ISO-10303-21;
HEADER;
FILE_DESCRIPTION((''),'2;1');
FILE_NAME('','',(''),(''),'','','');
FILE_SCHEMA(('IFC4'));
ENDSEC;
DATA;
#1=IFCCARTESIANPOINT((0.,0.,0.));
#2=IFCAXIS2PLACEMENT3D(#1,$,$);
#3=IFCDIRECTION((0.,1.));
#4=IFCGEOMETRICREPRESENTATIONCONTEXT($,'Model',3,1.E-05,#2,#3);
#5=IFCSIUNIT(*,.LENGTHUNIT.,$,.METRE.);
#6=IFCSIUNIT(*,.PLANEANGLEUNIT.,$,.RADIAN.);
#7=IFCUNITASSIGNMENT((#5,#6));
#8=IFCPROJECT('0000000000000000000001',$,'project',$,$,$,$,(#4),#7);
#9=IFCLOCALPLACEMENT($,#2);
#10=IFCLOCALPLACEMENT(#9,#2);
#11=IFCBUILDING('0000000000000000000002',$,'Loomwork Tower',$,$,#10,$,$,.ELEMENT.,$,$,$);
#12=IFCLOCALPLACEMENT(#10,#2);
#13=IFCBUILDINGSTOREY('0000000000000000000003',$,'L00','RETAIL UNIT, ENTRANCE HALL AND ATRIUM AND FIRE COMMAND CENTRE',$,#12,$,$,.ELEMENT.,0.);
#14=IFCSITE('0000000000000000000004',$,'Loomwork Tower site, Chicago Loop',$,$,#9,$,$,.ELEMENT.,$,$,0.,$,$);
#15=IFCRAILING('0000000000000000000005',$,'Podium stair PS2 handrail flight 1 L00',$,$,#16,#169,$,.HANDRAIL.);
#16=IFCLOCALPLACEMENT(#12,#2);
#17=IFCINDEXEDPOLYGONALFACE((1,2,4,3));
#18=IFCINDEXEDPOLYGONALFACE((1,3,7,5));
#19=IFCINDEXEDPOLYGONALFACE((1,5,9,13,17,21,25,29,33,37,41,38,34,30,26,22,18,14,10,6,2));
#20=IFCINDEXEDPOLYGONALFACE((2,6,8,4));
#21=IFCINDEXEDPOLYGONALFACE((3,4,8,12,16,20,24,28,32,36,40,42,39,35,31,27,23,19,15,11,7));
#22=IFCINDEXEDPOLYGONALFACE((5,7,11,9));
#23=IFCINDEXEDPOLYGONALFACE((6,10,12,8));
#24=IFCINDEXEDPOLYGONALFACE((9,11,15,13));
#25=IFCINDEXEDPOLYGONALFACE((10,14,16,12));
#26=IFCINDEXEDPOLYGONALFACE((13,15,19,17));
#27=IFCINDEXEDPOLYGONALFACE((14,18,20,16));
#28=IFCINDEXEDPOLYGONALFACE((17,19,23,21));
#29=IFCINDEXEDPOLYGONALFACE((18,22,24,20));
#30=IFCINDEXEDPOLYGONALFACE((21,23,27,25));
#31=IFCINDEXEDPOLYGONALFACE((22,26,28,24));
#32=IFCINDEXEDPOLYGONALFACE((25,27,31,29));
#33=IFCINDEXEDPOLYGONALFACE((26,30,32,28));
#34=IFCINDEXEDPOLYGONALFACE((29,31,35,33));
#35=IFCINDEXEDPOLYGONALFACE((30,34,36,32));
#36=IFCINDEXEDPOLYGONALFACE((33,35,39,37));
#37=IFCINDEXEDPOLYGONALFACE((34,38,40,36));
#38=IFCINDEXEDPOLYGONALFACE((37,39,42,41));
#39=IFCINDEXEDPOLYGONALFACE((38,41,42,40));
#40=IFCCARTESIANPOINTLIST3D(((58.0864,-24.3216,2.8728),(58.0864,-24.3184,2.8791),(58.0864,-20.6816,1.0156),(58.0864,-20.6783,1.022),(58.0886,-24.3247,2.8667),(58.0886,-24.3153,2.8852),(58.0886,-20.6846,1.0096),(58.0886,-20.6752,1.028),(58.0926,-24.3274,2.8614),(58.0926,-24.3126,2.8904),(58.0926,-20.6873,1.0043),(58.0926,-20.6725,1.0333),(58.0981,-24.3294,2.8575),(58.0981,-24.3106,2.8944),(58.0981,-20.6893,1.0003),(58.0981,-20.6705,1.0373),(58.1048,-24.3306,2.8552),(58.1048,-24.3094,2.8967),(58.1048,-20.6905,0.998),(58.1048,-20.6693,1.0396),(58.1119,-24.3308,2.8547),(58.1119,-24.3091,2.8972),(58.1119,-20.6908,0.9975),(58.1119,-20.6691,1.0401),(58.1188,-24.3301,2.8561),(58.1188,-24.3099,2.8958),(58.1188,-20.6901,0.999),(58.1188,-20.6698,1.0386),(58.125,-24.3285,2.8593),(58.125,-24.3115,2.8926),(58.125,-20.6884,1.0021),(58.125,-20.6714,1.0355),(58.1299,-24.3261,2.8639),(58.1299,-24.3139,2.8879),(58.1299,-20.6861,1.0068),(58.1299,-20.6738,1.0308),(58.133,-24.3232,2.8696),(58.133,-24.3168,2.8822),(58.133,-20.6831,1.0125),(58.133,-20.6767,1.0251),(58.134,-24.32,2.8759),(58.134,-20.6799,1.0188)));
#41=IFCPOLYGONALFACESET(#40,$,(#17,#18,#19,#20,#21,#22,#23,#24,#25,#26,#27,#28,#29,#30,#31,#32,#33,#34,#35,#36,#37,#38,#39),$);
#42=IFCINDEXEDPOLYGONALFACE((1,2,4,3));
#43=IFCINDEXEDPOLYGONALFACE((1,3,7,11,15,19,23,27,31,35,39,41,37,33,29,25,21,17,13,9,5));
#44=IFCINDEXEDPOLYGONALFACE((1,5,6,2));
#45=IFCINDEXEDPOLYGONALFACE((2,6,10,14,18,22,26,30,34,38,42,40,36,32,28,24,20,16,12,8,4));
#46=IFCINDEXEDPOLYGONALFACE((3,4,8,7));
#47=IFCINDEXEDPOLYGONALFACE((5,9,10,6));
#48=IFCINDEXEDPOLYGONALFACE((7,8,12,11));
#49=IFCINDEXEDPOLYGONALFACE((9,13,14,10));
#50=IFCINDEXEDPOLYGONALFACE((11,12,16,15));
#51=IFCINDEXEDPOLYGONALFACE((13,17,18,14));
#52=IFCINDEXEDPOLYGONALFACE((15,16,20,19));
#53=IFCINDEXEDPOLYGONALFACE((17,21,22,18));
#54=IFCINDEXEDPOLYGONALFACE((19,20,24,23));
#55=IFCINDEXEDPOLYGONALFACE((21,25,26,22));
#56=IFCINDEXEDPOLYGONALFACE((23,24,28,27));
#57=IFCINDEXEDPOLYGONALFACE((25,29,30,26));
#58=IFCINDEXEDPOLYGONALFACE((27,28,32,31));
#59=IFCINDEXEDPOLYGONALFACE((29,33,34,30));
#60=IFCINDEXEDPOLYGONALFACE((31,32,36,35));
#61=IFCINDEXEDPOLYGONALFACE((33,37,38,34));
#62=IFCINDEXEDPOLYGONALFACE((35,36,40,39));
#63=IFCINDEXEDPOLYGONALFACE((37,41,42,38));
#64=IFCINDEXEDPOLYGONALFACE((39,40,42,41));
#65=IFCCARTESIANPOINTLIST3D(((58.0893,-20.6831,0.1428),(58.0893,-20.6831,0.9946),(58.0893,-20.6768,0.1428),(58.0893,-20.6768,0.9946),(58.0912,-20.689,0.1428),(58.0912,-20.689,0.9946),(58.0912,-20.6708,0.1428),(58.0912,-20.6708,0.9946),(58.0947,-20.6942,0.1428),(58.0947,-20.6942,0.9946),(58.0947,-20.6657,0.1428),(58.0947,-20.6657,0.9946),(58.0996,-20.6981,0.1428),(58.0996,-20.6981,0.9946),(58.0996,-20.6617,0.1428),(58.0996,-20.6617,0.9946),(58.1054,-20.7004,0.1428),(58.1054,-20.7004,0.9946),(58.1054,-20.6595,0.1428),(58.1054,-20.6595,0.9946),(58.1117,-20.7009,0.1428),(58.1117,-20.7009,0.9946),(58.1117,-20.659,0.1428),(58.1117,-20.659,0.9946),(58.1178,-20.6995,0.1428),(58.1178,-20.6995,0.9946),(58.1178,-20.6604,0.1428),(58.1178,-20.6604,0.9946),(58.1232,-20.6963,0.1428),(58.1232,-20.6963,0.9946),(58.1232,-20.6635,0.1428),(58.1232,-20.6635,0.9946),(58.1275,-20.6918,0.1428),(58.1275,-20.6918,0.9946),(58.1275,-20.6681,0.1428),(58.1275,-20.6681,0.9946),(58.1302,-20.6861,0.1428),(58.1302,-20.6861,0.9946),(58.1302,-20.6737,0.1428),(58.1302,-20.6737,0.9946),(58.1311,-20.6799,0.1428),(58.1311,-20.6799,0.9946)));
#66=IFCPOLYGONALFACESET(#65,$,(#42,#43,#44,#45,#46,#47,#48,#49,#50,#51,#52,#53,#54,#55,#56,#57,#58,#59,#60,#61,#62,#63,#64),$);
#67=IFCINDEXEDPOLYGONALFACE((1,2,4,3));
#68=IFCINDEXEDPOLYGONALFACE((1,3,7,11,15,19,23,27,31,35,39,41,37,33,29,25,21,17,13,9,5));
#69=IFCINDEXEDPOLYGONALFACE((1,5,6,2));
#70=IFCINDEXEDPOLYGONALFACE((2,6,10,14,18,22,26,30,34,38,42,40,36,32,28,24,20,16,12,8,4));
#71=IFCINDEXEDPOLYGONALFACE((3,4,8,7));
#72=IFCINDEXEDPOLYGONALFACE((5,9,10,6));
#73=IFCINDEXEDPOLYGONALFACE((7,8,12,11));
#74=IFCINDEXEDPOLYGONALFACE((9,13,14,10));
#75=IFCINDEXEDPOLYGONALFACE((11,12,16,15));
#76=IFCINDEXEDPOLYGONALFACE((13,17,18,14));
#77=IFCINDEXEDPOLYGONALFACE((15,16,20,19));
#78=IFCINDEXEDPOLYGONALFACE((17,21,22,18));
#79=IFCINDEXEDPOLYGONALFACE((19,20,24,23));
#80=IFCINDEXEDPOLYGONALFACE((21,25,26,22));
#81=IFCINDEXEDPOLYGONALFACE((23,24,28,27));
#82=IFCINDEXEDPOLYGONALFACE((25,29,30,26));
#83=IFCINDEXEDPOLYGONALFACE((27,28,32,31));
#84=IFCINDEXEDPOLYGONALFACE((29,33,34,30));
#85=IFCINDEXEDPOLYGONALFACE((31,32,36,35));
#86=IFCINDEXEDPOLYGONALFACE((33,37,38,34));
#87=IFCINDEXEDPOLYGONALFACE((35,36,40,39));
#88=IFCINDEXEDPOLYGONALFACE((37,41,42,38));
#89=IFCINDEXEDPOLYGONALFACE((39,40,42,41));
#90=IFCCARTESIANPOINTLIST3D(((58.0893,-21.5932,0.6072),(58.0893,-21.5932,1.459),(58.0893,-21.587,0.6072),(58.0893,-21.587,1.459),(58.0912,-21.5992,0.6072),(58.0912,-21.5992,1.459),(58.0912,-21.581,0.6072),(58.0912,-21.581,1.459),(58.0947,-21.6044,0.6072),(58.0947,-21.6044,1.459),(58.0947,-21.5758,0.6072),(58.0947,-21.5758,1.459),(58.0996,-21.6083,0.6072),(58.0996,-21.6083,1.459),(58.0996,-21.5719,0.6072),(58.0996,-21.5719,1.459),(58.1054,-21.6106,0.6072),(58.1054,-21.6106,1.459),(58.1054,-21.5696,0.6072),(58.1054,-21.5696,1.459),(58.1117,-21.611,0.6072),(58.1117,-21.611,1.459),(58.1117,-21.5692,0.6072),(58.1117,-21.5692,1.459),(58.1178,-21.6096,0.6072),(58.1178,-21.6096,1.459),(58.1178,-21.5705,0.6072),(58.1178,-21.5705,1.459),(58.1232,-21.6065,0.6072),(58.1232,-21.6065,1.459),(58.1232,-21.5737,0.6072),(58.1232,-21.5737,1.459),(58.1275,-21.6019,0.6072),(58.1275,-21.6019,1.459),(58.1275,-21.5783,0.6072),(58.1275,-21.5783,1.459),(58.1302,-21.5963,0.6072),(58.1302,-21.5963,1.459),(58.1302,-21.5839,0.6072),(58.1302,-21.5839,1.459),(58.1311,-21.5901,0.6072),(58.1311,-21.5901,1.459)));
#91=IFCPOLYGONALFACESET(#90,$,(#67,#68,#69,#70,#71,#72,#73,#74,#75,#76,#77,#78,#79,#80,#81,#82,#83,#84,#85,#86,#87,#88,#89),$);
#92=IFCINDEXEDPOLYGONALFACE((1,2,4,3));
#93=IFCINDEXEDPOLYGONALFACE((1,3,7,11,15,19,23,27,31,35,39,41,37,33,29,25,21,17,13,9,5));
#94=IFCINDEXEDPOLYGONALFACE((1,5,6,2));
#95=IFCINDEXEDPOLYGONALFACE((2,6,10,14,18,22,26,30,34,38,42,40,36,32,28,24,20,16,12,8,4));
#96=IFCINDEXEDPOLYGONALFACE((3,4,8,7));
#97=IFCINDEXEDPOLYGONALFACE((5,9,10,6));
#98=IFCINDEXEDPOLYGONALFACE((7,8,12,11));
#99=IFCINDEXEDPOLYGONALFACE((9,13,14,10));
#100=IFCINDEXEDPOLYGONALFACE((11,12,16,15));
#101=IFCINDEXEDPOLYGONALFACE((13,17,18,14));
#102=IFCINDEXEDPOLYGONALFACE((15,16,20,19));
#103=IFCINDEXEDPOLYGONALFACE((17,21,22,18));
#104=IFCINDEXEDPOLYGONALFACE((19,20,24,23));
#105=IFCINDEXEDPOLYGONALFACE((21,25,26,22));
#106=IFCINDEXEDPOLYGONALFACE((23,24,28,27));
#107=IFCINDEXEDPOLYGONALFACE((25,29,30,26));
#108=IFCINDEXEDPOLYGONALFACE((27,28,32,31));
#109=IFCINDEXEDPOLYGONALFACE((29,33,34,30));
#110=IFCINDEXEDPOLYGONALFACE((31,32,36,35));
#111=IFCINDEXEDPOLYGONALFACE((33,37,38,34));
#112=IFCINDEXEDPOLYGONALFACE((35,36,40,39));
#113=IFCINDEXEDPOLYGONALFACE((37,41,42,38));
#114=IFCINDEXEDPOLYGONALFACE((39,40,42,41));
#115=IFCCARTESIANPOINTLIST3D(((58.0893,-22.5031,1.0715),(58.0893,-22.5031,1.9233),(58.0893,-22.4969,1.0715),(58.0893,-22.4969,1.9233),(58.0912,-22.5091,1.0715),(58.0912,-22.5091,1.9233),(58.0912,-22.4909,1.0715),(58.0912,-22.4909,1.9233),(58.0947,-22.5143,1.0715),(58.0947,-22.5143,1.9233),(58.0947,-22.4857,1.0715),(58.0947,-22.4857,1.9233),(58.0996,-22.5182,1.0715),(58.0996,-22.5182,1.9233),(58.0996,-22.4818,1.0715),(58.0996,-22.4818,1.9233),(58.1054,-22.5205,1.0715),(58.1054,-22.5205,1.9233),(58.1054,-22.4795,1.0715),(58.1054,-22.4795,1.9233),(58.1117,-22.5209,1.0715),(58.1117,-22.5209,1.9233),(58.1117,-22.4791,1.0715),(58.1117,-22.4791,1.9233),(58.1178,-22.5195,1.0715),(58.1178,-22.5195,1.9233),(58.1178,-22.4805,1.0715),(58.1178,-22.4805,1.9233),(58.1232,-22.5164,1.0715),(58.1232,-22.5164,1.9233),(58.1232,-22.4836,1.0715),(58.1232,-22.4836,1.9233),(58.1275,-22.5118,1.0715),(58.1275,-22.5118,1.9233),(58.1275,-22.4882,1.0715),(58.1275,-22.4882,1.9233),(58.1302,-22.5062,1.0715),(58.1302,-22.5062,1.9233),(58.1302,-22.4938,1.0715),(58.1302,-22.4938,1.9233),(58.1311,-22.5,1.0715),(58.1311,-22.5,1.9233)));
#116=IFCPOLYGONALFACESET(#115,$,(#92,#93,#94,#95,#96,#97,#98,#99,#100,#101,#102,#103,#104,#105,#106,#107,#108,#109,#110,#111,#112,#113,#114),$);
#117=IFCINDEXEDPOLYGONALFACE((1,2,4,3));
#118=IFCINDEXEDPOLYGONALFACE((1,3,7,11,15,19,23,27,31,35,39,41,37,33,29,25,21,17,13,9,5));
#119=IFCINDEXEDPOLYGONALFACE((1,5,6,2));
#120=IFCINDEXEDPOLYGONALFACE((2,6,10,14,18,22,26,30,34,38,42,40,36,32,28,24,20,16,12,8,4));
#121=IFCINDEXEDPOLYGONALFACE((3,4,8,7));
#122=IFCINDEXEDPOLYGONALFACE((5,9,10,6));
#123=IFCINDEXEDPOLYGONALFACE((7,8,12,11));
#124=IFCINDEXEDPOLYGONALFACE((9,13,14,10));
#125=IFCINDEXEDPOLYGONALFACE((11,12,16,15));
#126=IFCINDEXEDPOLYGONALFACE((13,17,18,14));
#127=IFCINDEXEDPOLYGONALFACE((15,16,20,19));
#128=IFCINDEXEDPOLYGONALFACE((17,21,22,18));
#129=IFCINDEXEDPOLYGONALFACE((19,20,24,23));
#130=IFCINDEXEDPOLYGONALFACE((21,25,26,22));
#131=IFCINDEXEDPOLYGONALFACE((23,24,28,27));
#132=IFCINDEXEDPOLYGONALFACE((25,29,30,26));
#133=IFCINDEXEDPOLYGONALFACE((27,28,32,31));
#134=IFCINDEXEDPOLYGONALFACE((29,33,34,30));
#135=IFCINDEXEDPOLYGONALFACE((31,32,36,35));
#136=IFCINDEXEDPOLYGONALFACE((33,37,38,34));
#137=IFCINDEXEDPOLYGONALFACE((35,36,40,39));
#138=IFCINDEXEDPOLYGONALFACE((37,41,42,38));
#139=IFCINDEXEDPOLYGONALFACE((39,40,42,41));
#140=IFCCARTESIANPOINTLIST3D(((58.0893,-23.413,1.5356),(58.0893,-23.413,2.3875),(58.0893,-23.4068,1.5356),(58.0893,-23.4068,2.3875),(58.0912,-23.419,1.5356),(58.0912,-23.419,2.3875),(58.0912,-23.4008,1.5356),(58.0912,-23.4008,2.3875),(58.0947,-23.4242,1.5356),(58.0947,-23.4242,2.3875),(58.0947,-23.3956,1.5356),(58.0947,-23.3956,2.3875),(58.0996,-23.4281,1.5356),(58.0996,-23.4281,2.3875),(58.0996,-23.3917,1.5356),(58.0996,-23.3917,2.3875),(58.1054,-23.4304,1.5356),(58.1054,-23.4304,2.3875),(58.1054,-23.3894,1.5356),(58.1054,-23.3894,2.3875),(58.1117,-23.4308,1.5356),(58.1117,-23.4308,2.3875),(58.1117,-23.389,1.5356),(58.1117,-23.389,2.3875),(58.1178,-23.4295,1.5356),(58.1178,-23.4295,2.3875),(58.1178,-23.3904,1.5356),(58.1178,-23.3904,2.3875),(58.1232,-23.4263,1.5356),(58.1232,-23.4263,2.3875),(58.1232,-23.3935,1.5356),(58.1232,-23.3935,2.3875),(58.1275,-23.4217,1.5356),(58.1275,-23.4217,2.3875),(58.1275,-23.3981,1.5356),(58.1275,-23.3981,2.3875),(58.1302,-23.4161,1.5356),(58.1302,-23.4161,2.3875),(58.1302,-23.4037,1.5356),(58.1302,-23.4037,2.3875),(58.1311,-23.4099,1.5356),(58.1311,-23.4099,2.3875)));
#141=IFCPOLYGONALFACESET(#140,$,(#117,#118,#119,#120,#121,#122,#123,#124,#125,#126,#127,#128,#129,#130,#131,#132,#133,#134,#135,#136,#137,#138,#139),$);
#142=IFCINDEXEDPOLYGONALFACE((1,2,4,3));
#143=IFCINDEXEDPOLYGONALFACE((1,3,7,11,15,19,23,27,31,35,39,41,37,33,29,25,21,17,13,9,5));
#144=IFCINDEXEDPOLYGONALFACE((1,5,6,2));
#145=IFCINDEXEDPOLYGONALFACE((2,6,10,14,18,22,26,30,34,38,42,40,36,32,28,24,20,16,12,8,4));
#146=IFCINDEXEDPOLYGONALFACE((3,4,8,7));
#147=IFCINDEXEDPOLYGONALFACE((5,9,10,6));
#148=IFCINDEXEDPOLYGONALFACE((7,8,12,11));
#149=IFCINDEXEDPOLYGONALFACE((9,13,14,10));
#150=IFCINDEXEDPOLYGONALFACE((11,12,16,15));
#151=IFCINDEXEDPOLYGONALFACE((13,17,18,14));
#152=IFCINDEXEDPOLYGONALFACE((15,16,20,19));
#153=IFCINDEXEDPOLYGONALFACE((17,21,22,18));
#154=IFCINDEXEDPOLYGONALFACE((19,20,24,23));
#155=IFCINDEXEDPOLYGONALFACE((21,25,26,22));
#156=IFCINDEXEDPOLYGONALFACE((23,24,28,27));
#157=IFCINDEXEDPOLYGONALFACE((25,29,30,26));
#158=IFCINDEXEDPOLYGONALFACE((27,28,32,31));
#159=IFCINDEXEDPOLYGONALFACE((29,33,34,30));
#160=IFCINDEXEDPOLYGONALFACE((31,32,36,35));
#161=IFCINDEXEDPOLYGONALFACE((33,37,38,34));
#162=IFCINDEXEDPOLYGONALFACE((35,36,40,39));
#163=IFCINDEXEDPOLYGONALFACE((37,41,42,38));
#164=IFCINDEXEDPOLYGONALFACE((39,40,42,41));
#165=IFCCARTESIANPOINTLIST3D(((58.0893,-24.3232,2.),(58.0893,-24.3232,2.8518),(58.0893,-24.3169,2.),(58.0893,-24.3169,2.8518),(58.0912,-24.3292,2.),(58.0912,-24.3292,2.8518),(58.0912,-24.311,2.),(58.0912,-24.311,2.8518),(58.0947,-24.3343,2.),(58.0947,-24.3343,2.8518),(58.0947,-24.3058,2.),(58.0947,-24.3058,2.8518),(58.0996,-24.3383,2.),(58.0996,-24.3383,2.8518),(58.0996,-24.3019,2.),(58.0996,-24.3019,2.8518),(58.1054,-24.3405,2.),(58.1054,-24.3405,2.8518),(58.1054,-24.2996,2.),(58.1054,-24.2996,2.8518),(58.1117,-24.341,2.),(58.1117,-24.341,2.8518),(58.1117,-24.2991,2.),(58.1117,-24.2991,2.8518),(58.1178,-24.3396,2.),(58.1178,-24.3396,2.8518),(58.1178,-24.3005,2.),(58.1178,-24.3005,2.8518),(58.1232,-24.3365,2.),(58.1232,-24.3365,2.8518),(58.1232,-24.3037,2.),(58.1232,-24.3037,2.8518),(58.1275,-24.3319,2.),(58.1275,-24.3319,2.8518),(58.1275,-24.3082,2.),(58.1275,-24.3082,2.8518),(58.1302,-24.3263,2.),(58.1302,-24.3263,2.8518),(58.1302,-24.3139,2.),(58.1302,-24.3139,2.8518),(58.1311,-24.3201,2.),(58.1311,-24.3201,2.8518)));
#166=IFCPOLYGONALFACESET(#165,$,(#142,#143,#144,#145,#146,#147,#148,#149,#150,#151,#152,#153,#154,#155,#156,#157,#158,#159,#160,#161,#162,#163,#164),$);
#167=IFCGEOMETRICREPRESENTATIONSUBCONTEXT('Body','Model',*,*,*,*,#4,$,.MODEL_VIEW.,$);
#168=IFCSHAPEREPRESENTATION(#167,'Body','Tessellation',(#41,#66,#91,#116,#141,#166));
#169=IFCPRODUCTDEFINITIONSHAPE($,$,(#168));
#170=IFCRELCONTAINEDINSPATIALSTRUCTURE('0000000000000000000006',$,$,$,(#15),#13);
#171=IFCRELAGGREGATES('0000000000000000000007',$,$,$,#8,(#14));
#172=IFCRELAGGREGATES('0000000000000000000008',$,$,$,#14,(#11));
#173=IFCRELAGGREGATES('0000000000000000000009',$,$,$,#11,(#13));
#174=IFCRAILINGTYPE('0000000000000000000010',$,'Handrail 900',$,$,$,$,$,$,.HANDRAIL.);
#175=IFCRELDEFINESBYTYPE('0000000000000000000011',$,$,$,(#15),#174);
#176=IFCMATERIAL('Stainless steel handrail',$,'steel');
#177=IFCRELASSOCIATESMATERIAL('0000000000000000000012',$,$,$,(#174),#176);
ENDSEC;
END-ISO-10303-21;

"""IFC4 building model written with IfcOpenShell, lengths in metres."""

from ifc_helpers import new_model, si_unit, direction, frame, origin, origin_2d, place, context, subcontext, project, spatial, circle, extrude, material, type_object, element, save


model = new_model("IFC4")

# Units and contexts
model_context = context("Model", 3, precision=1e-05, world=origin(), true_north=direction((0.0, 1.0)))
body_context = subcontext(model_context, "Body", "Model", "MODEL_VIEW")
ifc_project = project(units=[si_unit("LENGTHUNIT", "METRE"), si_unit("PLANEANGLEUNIT", "RADIAN")], contexts=[model_context])

# Site, building, storey
site_placement = place(None, origin())
site = spatial("IfcSite", under=ifc_project, at=site_placement, Name="Loomwork Tower site, Chicago Loop", CompositionType="ELEMENT", RefElevation=0.0)
building_placement = place(site_placement, origin())
building = spatial("IfcBuilding", under=site, at=building_placement, Name="Loomwork Tower", CompositionType="ELEMENT")
storey_placement = place(building_placement, origin())
storey = spatial("IfcBuildingStorey", under=building, at=storey_placement, Name="L00", Description="RETAIL UNIT, ENTRANCE HALL AND ATRIUM AND FIRE COMMAND CENTRE", CompositionType="ELEMENT", Elevation=0.0)

# Railing
ifc_material_1 = material(Name="Stainless steel handrail", Category="steel")
railing_type = type_object("IfcRailingType", Name="Handrail 900", PredefinedType="HANDRAIL", material=ifc_material_1)
for number, where, name in (
    (1, (58.1101, -20.6799, 0.1428), "Podium stair PS2 handrail flight 1 L00"),
):
    element("IfcRailing", number, at=place(storey_placement, frame(where)), inside=storey, type_object=railing_type, Name=name, PredefinedType="HANDRAIL", context=body_context, shape_type="SweptSolid", body=[
        extrude(circle(Radius=0.0239, at=origin_2d()), frame((0.0, 0.0, 0.876), z_axis=(0.0, -0.890765, 0.454464), x_axis=(1.0, 0.0, 0.0)), (0.0, 0.0, 1.0), 4.0864),
        extrude(circle(Radius=0.021, at=origin_2d()), origin(), (0.0, 0.0, 1.0), 0.8518),
        extrude(circle(Radius=0.021, at=origin_2d()), frame((0.0, -0.9102, 0.4644)), (0.0, 0.0, 1.0), 0.8518),
        extrude(circle(Radius=0.021, at=origin_2d()), frame((0.0, -1.8201, 0.9287)), (0.0, 0.0, 1.0), 0.8518),
        extrude(circle(Radius=0.021, at=origin_2d()), frame((0.0, -2.73, 1.3928)), (0.0, 0.0, 1.0), 0.8518),
        extrude(circle(Radius=0.021, at=origin_2d()), frame((0.0, -3.6401, 1.8572)), (0.0, 0.0, 1.0), 0.8518),
    ])

save(model, "model.ifc")
